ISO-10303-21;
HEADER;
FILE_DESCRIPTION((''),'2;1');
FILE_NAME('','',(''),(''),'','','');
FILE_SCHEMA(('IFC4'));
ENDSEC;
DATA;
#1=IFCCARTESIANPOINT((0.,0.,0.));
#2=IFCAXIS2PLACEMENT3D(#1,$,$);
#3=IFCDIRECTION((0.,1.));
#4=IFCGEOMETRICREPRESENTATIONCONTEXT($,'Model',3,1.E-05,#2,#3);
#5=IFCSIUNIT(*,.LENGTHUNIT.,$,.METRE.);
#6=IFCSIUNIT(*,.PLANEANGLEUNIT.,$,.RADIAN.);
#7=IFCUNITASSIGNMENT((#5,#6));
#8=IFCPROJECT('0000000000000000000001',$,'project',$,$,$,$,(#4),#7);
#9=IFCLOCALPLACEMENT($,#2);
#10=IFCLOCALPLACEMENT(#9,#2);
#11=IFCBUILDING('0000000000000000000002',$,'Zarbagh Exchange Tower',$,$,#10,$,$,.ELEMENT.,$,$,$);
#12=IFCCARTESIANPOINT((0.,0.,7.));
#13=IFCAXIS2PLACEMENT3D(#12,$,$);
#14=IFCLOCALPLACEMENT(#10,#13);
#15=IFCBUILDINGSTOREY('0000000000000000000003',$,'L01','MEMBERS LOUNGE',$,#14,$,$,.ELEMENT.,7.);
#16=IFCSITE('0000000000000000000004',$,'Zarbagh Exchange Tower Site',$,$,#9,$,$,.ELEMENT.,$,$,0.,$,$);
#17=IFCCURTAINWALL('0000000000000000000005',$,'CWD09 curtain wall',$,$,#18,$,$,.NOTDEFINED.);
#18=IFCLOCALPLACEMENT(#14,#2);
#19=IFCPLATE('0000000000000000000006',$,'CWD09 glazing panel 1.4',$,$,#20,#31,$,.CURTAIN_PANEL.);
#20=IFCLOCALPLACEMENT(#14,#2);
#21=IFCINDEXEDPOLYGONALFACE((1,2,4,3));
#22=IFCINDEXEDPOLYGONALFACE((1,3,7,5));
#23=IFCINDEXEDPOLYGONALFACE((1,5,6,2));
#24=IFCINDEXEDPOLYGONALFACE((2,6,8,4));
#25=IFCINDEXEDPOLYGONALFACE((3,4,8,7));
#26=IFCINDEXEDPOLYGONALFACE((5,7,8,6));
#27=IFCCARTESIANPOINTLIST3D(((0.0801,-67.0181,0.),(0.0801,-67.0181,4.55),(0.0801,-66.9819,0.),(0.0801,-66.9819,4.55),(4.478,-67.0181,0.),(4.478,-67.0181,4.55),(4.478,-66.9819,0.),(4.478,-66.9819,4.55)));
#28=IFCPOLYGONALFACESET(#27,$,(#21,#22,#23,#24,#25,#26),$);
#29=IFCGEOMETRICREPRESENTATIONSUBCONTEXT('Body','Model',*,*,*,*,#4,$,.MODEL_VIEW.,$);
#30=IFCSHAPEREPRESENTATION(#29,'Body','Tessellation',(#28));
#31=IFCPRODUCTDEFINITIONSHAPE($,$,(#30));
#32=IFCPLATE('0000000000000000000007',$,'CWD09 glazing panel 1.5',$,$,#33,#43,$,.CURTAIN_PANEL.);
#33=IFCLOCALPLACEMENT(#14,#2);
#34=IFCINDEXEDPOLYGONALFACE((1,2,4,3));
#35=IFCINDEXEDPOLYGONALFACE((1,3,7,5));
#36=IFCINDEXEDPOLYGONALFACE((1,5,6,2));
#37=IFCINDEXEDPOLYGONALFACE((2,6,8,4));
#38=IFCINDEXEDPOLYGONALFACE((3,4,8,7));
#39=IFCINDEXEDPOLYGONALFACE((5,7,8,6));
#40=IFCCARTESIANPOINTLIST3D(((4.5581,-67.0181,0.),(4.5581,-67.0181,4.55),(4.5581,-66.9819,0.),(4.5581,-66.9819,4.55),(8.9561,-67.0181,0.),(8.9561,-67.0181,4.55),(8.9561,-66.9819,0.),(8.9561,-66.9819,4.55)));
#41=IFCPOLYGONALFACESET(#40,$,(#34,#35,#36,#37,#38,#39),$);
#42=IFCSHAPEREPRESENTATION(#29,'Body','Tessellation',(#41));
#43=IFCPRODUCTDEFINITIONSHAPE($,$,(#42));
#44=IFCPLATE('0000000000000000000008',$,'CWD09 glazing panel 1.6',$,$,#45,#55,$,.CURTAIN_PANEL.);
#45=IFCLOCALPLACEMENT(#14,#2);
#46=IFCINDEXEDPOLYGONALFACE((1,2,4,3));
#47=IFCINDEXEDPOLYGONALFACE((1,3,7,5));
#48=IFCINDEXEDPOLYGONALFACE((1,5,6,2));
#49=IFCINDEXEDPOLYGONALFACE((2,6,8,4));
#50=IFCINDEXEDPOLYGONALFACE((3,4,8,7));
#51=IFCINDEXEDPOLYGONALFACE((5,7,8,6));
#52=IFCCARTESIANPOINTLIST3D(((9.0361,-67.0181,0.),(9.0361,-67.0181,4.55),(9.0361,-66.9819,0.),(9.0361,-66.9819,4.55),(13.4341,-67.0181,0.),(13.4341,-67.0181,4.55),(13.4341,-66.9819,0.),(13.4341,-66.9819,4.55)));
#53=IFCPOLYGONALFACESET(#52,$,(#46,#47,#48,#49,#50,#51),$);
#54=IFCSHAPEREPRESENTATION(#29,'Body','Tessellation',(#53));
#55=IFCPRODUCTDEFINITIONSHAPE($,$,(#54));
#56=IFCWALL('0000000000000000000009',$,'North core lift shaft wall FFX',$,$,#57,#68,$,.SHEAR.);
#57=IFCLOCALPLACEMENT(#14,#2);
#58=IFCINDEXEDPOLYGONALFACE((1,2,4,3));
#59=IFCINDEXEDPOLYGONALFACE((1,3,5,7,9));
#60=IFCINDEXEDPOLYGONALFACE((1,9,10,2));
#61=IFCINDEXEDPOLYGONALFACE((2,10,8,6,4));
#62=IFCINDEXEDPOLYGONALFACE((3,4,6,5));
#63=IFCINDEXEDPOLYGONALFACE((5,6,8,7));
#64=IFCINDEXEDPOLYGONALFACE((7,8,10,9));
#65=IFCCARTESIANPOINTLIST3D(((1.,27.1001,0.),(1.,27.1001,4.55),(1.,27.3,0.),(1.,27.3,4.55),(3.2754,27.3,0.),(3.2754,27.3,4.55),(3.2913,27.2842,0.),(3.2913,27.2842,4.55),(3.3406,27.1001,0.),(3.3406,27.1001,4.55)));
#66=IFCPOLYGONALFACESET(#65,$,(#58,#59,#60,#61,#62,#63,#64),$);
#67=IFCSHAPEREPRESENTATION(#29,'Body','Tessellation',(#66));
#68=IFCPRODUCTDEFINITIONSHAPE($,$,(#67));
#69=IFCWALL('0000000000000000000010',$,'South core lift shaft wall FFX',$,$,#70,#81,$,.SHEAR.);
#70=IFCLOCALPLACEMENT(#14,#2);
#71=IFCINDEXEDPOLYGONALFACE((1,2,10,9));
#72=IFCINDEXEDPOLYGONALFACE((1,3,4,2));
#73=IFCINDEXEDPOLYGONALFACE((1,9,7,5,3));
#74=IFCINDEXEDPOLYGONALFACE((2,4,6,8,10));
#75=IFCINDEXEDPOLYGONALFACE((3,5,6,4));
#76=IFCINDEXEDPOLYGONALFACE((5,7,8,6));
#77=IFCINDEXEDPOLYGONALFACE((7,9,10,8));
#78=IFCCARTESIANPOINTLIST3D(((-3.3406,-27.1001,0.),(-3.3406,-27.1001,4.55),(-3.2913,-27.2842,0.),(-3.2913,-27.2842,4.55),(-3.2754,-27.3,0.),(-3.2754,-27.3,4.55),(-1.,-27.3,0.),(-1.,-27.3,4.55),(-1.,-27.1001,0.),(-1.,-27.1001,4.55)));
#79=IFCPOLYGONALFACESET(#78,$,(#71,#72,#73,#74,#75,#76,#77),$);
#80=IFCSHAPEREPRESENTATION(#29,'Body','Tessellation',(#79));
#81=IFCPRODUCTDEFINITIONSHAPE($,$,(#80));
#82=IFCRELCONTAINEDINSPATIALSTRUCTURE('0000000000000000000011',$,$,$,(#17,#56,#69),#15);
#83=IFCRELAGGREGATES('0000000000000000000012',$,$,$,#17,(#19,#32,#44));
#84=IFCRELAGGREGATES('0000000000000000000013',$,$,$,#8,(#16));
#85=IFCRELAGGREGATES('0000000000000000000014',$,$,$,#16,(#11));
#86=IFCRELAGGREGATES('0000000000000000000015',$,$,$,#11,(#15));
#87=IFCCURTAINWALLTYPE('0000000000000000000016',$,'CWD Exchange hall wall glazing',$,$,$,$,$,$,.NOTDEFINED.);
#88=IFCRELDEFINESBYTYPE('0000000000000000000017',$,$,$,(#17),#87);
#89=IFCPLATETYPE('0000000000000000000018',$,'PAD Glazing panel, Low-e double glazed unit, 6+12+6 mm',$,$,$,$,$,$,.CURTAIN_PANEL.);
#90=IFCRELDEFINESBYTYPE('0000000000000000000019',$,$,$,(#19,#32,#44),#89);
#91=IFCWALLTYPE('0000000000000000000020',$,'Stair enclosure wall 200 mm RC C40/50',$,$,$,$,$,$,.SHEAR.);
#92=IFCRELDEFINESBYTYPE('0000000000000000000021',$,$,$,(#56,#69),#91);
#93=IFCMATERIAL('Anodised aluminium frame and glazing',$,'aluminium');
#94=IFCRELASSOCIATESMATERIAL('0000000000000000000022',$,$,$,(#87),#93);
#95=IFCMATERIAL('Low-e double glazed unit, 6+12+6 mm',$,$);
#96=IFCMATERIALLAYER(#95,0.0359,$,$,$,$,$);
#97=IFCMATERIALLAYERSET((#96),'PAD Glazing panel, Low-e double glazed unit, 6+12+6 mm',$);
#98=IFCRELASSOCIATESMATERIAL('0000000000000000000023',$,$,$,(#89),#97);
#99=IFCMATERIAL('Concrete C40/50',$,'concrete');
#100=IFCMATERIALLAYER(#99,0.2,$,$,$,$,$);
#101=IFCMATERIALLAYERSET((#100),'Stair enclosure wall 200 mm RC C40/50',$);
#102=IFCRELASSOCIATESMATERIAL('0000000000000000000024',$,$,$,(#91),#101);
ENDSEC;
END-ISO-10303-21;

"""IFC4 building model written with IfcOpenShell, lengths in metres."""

from ifc_helpers import new_model, si_unit, direction, frame, origin, place, context, subcontext, project, spatial, polyline, outline, extrude, source, transform, mapped, material, layer, layer_set, type_object, element, aggregate, save


model = new_model("IFC4")

# Units and contexts
model_context = context("Model", 3, precision=1e-05, world=origin(), true_north=direction((0.0, 1.0)))
body_context = subcontext(model_context, "Body", "Model", "MODEL_VIEW")
ifc_project = project(units=[si_unit("LENGTHUNIT", "METRE"), si_unit("PLANEANGLEUNIT", "RADIAN")], contexts=[model_context])

# Site, building, storey
site_placement = place(None, origin())
site = spatial("IfcSite", under=ifc_project, at=site_placement, Name="Zarbagh Exchange Tower Site", CompositionType="ELEMENT", RefElevation=0.0)
building_placement = place(site_placement, origin())
building = spatial("IfcBuilding", under=site, at=building_placement, Name="Zarbagh Exchange Tower", CompositionType="ELEMENT")
storey_placement = place(building_placement, frame((0.0, 0.0, 7.0)))
storey = spatial("IfcBuildingStorey", under=building, at=storey_placement, Name="L01", Description="MEMBERS LOUNGE", CompositionType="ELEMENT", Elevation=7.0)

# Curtain wall
ifc_material_1 = material(Name="Anodised aluminium frame and glazing", Category="aluminium")
curtain_wall_type = type_object("IfcCurtainWallType", Name="CWD Exchange hall wall glazing", PredefinedType="NOTDEFINED", material=ifc_material_1)
curtain_wall_1_placement = place(storey_placement, origin())
curtain_wall_1 = element("IfcCurtainWall", 1, at=curtain_wall_1_placement, inside=storey, type_object=curtain_wall_type, Name="CWD09 curtain wall", PredefinedType="NOTDEFINED")
placement = place(storey_placement, origin())

# Shared definitions
ifc_material_2 = material(Name="Concrete C40/50", Category="concrete")

# Shared definitions
ifc_material_3 = material(Name="Low-e double glazed unit, 6+12+6 mm")
ifc_layer_1 = layer(ifc_material_3, 0.0359)
ifc_layer_set_1 = layer_set([ifc_layer_1], Name="PAD Glazing panel, Low-e double glazed unit, 6+12+6 mm")
plate_type = type_object("IfcPlateType", Name="PAD Glazing panel, Low-e double glazed unit, 6+12+6 mm", PredefinedType="CURTAIN_PANEL", material=ifc_layer_set_1)

# Plates
shared_shape_1 = source(origin(), body_context, "Body", "SweptSolid", [
    extrude(outline(polyline([(0.0, -0.0181), (4.3979, -0.0181), (4.3979, 0.0181), (0.0, 0.0181), (0.0, -0.0181)])), origin(), (0.0, 0.0, 1.0), 4.55),
])
plate_1 = element("IfcPlate", 2, at=placement, type_object=plate_type, Name="CWD09 glazing panel 1.4", PredefinedType="CURTAIN_PANEL", context=body_context, shape_type="MappedRepresentation", body=[
    mapped(shared_shape_1, transform((0.0801, -67.0, 0.0), x_axis=(1.0, 0.0, 0.0), y_axis=(0.0, 1.0, 0.0), z_axis=(0.0, 0.0, 1.0))),
])
plate_2 = element("IfcPlate", 3, at=placement, type_object=plate_type, Name="CWD09 glazing panel 1.5", PredefinedType="CURTAIN_PANEL", context=body_context, shape_type="MappedRepresentation", body=[
    mapped(shared_shape_1, transform((4.5581, -67.0, 0.0), x_axis=(1.0, 0.0, 0.0), y_axis=(0.0, 1.0, 0.0), z_axis=(0.0, 0.0, 1.0))),
])
plate_3 = element("IfcPlate", 4, at=placement, type_object=plate_type, Name="CWD09 glazing panel 1.6", PredefinedType="CURTAIN_PANEL", context=body_context, shape_type="MappedRepresentation", body=[
    mapped(shared_shape_1, transform((9.0361, -67.0, 0.0), x_axis=(1.0, 0.0, 0.0), y_axis=(0.0, 1.0, 0.0), z_axis=(0.0, 0.0, 1.0))),
])
aggregate(curtain_wall_1, [plate_1, plate_2, plate_3])

# Walls
ifc_layer_2 = layer(ifc_material_2, 0.2)
ifc_layer_set_2 = layer_set([ifc_layer_2], Name="Stair enclosure wall 200 mm RC C40/50")
wall_type = type_object("IfcWallType", Name="Stair enclosure wall 200 mm RC C40/50", PredefinedType="SHEAR", material=ifc_layer_set_2)
wall_1_placement = place(storey_placement, origin())
element("IfcWall", 5, at=wall_1_placement, inside=storey, type_object=wall_type, Name="North core lift shaft wall FFX", PredefinedType="SHEAR", context=body_context, shape_type="SweptSolid", body=[
    extrude(outline(polyline([(1.0, 27.1001), (3.3406, 27.1001), (3.2913, 27.2842), (3.2754, 27.3), (1.0, 27.3), (1.0, 27.1001)])), origin(), (0.0, 0.0, 1.0), 4.55),
])
wall_2_placement = place(storey_placement, origin())
element("IfcWall", 6, at=wall_2_placement, inside=storey, type_object=wall_type, Name="South core lift shaft wall FFX", PredefinedType="SHEAR", context=body_context, shape_type="SweptSolid", body=[
    extrude(outline(polyline([(-1.0, -27.1001), (-3.3406, -27.1001), (-3.2913, -27.2842), (-3.2754, -27.3), (-1.0, -27.3), (-1.0, -27.1001)])), origin(), (0.0, 0.0, 1.0), 4.55),
])

save(model, "model.ifc")
